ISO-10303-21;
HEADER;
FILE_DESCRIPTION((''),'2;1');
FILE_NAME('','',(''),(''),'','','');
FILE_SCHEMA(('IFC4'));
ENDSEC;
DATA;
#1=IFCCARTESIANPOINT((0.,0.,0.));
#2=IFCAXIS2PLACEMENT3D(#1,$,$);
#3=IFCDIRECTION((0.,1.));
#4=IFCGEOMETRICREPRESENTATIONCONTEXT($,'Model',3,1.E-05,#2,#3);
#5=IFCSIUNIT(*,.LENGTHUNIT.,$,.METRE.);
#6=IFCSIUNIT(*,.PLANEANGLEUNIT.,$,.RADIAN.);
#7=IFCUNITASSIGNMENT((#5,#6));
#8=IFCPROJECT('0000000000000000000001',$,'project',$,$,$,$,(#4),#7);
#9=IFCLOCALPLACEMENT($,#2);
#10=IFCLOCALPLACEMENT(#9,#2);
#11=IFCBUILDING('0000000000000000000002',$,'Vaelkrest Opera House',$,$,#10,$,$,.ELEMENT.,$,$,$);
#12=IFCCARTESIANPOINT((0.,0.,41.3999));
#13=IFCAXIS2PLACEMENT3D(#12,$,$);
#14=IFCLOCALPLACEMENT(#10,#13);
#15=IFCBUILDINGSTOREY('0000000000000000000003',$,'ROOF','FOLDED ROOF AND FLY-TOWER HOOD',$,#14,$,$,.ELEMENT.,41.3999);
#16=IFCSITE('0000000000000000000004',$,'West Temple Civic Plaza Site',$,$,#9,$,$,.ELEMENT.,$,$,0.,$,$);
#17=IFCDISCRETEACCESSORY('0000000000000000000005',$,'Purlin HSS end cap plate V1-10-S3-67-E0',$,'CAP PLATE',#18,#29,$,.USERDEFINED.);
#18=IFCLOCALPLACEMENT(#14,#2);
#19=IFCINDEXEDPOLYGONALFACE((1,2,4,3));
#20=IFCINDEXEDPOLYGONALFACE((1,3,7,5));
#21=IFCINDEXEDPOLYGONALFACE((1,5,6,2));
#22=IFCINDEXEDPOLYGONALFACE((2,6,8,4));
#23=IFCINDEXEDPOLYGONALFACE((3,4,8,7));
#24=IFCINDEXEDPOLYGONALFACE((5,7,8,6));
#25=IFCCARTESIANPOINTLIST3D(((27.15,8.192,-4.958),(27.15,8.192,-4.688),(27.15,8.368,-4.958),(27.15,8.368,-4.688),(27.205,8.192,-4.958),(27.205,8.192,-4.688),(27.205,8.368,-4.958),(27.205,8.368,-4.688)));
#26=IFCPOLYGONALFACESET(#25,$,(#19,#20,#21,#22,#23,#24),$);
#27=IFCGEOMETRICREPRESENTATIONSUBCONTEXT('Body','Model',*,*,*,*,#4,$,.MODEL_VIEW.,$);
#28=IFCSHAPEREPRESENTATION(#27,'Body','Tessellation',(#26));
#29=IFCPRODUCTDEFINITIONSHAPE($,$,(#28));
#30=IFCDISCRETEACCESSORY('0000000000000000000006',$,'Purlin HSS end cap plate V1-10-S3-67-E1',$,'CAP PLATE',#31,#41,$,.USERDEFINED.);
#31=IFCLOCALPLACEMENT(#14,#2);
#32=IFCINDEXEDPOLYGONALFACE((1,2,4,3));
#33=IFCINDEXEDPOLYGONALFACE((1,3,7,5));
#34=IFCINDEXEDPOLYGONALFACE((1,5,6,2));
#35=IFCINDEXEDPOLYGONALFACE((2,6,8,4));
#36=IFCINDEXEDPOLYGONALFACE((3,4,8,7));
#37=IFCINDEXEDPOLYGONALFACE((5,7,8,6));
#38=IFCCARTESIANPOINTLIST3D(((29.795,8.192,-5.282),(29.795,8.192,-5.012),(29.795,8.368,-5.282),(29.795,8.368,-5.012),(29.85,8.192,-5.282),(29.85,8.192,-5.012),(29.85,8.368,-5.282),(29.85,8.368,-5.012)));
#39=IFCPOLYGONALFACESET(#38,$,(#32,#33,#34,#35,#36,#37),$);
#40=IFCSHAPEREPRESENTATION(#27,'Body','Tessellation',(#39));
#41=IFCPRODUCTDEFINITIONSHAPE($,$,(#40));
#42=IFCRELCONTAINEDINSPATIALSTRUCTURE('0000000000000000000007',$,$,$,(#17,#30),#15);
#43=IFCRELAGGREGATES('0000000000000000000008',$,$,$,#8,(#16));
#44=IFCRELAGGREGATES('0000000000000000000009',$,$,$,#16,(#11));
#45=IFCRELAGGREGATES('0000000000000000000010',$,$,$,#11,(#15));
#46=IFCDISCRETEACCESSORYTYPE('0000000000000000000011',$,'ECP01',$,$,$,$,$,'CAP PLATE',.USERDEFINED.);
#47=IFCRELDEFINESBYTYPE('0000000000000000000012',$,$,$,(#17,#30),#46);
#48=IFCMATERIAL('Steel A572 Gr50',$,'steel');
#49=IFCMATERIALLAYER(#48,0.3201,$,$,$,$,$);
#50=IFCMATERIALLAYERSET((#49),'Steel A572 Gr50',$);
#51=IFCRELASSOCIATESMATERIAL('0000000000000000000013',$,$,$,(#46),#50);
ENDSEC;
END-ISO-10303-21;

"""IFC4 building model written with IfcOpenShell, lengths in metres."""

from ifc_helpers import new_model, si_unit, direction, frame, origin, origin_2d, place, context, subcontext, project, spatial, rectangle, extrude, material, layer, layer_set, type_object, element, save


model = new_model("IFC4")

# Units and contexts
model_context = context("Model", 3, precision=1e-05, world=origin(), true_north=direction((0.0, 1.0)))
body_context = subcontext(model_context, "Body", "Model", "MODEL_VIEW")
ifc_project = project(units=[si_unit("LENGTHUNIT", "METRE"), si_unit("PLANEANGLEUNIT", "RADIAN")], contexts=[model_context])

# Site, building, storey
site_placement = place(None, origin())
site = spatial("IfcSite", under=ifc_project, at=site_placement, Name="West Temple Civic Plaza Site", CompositionType="ELEMENT", RefElevation=0.0)
building_placement = place(site_placement, origin())
building = spatial("IfcBuilding", under=site, at=building_placement, Name="Vaelkrest Opera House", CompositionType="ELEMENT")
storey_placement = place(building_placement, frame((0.0, 0.0, 41.3999)))
storey = spatial("IfcBuildingStorey", under=building, at=storey_placement, Name="ROOF", Description="FOLDED ROOF AND FLY-TOWER HOOD", CompositionType="ELEMENT", Elevation=41.3999)

# Shared definitions
ifc_material_1 = material(Name="Steel A572 Gr50", Category="steel")

# Discrete accessories
ifc_layer_1 = layer(ifc_material_1, 0.3201)
ifc_layer_set_1 = layer_set([ifc_layer_1], Name="Steel A572 Gr50")
discrete_accessory_type = type_object("IfcDiscreteAccessoryType", Name="ECP01", ElementType="CAP PLATE", PredefinedType="USERDEFINED", material=ifc_layer_set_1)
for number, where, z_axis, x_axis, name in (
    (1, (27.1775, 8.28, -4.958), (0.0, 0.0, 1.0), (1.0, 0.0, 0.0), "Purlin HSS end cap plate V1-10-S3-67-E0"),
    (2, (29.8225, 8.28, -5.282), (0.0, 0.0, 1.0), (1.0, 0.0, 0.0), "Purlin HSS end cap plate V1-10-S3-67-E1"),
):
    element("IfcDiscreteAccessory", number, at=place(storey_placement, frame(where, z_axis=z_axis, x_axis=x_axis)), inside=storey, type_object=discrete_accessory_type, Name=name, ObjectType="CAP PLATE", PredefinedType="USERDEFINED", context=body_context, shape_type="SweptSolid", body=[
        extrude(rectangle(XDim=0.0549, YDim=0.176, at=origin_2d()), origin(), (0.0, 0.0, 1.0), 0.27),
    ])

save(model, "model.ifc")
